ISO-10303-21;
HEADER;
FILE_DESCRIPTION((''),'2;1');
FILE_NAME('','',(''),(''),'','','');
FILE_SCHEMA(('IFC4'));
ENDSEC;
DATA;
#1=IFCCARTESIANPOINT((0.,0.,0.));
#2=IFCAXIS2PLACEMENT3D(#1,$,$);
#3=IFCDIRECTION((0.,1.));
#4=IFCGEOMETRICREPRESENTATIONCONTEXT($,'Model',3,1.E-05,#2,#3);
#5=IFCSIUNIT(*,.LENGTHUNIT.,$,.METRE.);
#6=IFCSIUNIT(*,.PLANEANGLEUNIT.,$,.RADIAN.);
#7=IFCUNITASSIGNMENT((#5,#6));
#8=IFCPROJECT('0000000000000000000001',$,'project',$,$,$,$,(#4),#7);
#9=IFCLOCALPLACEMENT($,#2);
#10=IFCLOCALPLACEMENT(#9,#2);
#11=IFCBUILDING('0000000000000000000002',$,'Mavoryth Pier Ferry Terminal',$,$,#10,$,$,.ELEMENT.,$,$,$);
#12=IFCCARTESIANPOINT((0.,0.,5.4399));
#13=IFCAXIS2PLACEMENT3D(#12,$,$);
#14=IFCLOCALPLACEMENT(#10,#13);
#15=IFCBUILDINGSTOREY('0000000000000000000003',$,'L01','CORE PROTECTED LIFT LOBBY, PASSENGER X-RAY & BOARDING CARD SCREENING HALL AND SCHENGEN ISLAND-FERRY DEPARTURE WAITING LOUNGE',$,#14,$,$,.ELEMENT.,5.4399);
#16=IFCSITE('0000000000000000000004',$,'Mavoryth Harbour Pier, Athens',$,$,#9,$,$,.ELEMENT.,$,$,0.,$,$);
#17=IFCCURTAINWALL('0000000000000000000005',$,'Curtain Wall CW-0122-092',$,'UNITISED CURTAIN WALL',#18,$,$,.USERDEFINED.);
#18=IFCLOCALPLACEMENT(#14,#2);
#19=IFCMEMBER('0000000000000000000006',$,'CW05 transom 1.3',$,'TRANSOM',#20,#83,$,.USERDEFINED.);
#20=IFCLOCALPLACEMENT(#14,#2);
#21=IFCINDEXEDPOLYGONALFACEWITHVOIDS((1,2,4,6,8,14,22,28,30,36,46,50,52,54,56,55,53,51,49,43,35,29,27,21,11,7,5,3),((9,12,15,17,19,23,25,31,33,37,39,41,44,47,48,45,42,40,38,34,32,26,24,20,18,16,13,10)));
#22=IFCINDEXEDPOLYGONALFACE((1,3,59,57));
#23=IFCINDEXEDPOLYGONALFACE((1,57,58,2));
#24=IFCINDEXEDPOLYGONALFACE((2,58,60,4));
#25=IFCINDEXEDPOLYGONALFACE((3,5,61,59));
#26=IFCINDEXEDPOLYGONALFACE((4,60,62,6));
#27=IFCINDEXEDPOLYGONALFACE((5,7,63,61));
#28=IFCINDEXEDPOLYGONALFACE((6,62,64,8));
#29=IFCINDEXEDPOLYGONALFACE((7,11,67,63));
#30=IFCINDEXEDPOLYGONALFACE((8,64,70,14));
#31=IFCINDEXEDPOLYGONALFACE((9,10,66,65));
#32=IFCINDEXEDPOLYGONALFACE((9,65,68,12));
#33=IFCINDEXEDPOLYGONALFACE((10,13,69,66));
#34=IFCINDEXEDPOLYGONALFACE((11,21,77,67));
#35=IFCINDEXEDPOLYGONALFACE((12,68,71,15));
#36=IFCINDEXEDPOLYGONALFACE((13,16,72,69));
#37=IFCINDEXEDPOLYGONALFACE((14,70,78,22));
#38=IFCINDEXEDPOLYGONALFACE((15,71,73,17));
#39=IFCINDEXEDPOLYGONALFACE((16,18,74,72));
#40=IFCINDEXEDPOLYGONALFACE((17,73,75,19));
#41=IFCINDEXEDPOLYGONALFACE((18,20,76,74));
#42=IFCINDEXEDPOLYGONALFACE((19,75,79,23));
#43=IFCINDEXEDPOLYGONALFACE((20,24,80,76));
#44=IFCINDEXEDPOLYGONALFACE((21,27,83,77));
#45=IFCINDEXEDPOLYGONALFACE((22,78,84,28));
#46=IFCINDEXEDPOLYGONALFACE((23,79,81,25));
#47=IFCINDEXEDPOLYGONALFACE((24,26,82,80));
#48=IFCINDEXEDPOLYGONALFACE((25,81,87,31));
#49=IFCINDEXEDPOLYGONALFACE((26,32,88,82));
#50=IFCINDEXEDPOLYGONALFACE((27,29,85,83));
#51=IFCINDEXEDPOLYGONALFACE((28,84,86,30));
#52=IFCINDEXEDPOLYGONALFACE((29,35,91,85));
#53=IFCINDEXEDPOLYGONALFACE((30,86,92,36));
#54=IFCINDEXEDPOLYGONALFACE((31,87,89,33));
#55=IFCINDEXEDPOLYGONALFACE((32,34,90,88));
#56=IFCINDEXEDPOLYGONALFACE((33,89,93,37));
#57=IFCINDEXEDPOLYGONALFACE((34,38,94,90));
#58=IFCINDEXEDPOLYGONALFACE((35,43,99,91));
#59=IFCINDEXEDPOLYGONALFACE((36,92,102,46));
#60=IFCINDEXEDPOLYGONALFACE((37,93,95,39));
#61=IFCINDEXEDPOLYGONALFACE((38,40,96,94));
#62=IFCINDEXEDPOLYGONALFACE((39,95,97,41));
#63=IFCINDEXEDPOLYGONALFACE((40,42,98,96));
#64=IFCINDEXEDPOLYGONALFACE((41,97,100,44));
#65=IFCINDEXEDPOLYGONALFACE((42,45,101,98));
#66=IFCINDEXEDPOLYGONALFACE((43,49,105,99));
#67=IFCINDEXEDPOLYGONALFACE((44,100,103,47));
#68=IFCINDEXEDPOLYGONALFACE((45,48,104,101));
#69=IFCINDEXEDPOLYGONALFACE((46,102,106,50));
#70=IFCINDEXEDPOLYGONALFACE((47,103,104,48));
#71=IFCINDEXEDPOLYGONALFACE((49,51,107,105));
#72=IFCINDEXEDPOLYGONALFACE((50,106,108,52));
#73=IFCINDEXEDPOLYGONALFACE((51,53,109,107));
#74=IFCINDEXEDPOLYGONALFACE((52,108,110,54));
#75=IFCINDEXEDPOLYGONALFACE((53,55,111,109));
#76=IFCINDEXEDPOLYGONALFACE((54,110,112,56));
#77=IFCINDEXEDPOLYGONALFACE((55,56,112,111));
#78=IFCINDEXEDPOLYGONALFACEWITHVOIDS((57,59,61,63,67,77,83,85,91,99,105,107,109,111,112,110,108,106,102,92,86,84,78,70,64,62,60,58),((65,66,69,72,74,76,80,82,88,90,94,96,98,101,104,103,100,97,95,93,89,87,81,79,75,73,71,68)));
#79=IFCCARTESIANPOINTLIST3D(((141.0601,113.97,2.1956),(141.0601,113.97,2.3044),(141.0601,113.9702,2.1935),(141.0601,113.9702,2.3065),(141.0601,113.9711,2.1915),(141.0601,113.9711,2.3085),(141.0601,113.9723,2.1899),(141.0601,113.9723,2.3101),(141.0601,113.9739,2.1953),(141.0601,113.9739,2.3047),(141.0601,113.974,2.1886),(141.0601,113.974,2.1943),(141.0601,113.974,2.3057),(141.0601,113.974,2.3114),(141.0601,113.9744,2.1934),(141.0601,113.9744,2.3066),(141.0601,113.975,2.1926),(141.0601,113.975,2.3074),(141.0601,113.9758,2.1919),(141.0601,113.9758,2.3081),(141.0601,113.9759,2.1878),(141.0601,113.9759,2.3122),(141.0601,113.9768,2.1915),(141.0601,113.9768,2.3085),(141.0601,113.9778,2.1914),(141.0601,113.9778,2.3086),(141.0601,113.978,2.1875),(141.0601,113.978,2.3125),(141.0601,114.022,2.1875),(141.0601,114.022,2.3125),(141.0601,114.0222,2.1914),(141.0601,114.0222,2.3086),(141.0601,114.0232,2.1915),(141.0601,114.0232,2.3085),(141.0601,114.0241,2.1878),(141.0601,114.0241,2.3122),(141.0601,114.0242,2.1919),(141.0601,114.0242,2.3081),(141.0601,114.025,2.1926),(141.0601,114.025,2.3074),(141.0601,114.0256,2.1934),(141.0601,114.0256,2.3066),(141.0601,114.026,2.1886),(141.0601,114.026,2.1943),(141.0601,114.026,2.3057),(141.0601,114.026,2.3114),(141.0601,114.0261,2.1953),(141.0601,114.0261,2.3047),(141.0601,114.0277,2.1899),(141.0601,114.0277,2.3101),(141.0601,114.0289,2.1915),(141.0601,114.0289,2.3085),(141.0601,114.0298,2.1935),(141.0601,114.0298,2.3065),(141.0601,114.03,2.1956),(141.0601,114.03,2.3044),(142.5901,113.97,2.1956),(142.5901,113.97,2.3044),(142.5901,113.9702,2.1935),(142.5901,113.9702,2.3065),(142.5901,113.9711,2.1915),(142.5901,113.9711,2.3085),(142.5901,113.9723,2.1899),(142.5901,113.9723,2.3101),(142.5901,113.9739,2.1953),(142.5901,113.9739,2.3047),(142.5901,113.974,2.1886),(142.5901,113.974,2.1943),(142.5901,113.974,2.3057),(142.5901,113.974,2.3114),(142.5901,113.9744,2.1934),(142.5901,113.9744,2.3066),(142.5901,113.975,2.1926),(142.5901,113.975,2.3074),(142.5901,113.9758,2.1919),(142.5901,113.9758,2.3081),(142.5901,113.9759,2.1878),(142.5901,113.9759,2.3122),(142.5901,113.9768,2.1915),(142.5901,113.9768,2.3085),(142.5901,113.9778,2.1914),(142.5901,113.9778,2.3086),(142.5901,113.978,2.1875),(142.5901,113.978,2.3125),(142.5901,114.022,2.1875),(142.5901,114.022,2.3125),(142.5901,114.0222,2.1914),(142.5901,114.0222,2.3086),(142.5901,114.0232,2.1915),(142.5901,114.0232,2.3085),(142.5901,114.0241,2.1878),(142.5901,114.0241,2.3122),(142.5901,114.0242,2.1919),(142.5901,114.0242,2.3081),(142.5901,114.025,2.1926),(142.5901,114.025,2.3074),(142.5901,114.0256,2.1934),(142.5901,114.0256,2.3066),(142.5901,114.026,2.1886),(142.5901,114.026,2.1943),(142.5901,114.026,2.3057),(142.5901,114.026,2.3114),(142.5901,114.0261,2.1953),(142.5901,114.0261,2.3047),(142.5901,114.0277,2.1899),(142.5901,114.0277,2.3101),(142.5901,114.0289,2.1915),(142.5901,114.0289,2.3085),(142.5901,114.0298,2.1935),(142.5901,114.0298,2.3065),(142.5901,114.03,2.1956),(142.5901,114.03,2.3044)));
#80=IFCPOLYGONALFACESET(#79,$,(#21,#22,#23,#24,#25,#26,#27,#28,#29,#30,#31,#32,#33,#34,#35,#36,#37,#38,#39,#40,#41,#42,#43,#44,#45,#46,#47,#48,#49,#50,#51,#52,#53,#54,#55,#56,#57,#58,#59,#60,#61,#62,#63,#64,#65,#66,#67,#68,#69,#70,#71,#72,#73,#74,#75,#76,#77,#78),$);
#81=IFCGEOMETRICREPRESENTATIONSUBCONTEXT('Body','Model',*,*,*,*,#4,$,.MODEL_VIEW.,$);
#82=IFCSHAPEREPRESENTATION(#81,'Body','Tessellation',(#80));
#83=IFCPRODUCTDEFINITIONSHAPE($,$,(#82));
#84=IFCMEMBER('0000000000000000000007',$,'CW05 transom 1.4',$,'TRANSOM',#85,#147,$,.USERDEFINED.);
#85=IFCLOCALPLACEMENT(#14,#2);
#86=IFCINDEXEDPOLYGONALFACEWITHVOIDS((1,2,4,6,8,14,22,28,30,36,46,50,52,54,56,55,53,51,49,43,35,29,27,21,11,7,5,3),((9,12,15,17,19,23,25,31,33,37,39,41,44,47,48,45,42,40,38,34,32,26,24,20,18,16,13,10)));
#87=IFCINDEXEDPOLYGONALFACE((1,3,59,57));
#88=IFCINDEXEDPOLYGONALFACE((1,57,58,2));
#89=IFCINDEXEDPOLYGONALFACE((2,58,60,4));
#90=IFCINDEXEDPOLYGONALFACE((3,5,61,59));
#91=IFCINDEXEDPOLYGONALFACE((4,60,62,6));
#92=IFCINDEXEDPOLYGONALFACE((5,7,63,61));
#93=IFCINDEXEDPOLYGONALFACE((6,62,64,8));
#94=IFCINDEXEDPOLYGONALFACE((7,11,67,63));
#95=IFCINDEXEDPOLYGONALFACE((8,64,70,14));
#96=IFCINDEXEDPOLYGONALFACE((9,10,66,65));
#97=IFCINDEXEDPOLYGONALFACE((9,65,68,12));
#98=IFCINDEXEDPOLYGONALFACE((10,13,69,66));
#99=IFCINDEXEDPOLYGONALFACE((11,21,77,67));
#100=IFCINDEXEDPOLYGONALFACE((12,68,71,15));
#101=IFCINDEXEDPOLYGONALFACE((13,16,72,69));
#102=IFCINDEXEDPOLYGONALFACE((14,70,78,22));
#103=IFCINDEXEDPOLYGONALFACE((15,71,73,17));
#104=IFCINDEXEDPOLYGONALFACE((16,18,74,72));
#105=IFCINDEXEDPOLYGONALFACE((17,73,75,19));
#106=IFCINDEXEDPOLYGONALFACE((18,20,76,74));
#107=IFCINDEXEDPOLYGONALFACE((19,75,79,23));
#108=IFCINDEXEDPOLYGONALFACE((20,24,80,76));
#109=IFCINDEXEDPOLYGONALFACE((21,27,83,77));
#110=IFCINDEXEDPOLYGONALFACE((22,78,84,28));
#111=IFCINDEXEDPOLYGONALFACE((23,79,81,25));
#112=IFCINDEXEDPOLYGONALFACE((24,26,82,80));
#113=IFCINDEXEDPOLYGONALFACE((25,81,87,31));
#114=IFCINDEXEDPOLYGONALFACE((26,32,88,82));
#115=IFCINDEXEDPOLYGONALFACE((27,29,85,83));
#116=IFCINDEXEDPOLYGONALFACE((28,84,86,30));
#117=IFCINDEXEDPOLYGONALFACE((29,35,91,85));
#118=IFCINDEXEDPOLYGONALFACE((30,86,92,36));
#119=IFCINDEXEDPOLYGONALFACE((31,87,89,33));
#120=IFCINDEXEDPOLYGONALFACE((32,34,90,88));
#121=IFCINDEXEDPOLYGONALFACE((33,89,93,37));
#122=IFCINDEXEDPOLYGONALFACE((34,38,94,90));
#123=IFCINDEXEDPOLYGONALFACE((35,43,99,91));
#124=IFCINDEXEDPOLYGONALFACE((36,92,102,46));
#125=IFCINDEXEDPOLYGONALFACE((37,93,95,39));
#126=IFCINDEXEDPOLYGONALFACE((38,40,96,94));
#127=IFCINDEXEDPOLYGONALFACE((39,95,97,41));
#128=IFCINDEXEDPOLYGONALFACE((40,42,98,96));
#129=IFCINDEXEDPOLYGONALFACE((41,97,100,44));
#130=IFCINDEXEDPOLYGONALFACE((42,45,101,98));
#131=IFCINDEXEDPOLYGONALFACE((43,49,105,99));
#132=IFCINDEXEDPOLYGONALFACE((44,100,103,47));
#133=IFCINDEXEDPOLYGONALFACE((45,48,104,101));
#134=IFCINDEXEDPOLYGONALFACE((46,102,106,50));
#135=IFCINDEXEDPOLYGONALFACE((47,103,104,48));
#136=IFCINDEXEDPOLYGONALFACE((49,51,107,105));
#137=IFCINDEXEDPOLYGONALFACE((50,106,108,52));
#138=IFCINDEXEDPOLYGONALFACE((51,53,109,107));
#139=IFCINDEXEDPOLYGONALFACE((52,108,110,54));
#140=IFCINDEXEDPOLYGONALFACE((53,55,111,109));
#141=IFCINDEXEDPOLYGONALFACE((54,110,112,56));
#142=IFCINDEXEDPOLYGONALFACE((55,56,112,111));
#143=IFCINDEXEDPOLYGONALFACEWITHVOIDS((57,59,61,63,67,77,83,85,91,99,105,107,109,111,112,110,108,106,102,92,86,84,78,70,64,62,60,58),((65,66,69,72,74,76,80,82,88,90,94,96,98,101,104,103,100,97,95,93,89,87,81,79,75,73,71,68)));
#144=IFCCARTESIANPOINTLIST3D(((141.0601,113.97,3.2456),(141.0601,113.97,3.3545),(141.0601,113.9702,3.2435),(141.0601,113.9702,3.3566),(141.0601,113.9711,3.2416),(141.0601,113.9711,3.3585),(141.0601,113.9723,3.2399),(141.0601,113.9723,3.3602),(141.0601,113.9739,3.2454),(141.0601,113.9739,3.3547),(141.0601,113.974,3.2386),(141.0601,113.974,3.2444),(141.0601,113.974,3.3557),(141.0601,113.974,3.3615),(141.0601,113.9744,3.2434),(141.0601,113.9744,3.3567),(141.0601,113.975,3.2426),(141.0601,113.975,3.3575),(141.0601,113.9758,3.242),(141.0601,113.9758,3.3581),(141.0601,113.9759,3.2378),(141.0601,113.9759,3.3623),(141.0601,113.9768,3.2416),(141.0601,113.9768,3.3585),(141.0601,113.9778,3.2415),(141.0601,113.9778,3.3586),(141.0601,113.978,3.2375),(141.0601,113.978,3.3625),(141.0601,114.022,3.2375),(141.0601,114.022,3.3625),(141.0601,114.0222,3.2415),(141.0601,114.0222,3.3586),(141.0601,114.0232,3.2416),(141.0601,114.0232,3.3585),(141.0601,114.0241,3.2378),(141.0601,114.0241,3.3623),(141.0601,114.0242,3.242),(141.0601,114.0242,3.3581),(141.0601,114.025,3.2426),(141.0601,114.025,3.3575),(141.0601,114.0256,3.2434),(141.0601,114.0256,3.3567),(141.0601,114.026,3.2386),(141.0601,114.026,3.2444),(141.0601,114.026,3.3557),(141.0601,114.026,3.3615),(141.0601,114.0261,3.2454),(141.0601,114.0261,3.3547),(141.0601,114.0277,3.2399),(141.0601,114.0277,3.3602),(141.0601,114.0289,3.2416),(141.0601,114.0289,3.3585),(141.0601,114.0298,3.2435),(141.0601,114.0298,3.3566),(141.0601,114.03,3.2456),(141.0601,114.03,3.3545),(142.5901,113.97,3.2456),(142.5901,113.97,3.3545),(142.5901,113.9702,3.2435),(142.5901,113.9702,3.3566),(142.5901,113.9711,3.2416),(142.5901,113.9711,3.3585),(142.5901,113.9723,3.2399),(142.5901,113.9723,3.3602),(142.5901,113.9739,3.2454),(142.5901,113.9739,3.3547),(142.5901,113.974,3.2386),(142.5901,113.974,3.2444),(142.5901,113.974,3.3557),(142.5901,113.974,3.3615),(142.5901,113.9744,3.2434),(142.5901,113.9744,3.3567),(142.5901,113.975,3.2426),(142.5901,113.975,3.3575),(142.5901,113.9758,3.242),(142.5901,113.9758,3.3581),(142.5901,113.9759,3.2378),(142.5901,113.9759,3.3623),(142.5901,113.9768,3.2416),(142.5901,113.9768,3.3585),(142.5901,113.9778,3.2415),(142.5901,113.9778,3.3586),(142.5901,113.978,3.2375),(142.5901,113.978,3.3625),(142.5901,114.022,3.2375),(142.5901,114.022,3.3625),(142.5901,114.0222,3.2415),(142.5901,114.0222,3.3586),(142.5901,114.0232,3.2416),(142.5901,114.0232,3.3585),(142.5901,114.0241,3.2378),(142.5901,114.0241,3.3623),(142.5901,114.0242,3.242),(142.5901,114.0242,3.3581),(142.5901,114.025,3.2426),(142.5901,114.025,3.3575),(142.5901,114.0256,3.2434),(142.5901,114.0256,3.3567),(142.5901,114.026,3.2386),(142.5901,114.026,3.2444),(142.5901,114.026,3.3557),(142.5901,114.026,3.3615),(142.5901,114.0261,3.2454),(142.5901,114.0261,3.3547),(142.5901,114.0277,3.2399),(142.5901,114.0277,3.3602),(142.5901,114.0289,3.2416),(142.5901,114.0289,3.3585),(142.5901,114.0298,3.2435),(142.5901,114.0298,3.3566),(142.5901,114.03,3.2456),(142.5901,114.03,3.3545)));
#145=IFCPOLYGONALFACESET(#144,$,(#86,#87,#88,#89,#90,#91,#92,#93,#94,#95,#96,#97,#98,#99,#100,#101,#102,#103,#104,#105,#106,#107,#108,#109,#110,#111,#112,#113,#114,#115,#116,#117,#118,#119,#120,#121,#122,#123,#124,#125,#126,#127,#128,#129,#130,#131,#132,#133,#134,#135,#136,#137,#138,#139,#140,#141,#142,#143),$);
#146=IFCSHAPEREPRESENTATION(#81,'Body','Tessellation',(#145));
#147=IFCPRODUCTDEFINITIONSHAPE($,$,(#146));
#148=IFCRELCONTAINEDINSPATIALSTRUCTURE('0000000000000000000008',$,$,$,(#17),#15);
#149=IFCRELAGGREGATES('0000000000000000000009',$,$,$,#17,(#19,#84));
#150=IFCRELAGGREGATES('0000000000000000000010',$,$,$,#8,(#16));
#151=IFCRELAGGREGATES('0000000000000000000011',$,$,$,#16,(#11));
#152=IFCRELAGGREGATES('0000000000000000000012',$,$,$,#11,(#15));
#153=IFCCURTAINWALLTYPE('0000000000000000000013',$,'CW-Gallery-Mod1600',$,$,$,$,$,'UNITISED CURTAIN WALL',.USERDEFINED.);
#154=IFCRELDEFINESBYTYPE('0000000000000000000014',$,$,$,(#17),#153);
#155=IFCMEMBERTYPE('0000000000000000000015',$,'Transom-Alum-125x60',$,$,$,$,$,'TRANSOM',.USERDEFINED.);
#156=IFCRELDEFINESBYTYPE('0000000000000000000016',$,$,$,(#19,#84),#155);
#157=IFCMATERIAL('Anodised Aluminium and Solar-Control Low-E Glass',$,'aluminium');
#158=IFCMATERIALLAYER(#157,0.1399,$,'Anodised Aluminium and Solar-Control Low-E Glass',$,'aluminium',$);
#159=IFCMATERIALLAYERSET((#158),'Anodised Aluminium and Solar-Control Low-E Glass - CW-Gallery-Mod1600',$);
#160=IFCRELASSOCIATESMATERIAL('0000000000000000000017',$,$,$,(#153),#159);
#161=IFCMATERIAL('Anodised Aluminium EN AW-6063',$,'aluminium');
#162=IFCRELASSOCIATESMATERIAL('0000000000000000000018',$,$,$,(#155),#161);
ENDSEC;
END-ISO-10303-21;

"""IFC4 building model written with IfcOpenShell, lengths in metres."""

from ifc_helpers import new_model, si_unit, direction, frame, origin, origin_2d, place, context, subcontext, project, spatial, hollow_rectangle, extrude, material, layer, layer_set, material_profile, profile_set, type_object, element, aggregate, save


model = new_model("IFC4")

# Units and contexts
model_context = context("Model", 3, precision=1e-05, world=origin(), true_north=direction((0.0, 1.0)))
body_context = subcontext(model_context, "Body", "Model", "MODEL_VIEW")
ifc_project = project(units=[si_unit("LENGTHUNIT", "METRE"), si_unit("PLANEANGLEUNIT", "RADIAN")], contexts=[model_context])

# Site, building, storey
site_placement = place(None, origin())
site = spatial("IfcSite", under=ifc_project, at=site_placement, Name="Mavoryth Harbour Pier, Athens", CompositionType="ELEMENT", RefElevation=0.0)
building_placement = place(site_placement, origin())
building = spatial("IfcBuilding", under=site, at=building_placement, Name="Mavoryth Pier Ferry Terminal", CompositionType="ELEMENT")
storey_placement = place(building_placement, frame((0.0, 0.0, 5.4399)))
storey = spatial("IfcBuildingStorey", under=building, at=storey_placement, Name="L01", Description="CORE PROTECTED LIFT LOBBY, PASSENGER X-RAY & BOARDING CARD SCREENING HALL AND SCHENGEN ISLAND-FERRY DEPARTURE WAITING LOUNGE", CompositionType="ELEMENT", Elevation=5.4399)

# Curtain wall, members
ifc_material_1 = material(Name="Anodised Aluminium and Solar-Control Low-E Glass", Category="aluminium")
ifc_layer_1 = layer(ifc_material_1, 0.1399, Name="Anodised Aluminium and Solar-Control Low-E Glass", Category="aluminium")
ifc_layer_set_1 = layer_set([ifc_layer_1], Name="Anodised Aluminium and Solar-Control Low-E Glass - CW-Gallery-Mod1600")
curtain_wall_type = type_object("IfcCurtainWallType", Name="CW-Gallery-Mod1600", ElementType="UNITISED CURTAIN WALL", PredefinedType="USERDEFINED", material=ifc_layer_set_1)
curtain_wall_placement = place(storey_placement, origin())
curtain_wall = element("IfcCurtainWall", 1, at=curtain_wall_placement, inside=storey, type_object=curtain_wall_type, Name="Curtain Wall CW-0122-092", ObjectType="UNITISED CURTAIN WALL", PredefinedType="USERDEFINED")
ifc_material_2 = material(Name="Anodised Aluminium EN AW-6063", Category="aluminium")
ifc_material_profile_1 = material_profile(ifc_material_2, hollow_rectangle(XDim=0.0601, YDim=0.125, WallThickness=0.0039, InnerFilletRadius=0.0039, OuterFilletRadius=0.0081, at=origin_2d()), Name="AL-TRAN 125x60x4", Category="aluminium")
ifc_profile_set_1 = profile_set([ifc_material_profile_1], Name="Anodised Aluminium EN AW-6063 - AL-TRAN 125x60x4")
member_type_1 = type_object("IfcMemberType", Name="Transom-Alum-125x60", ElementType="TRANSOM", PredefinedType="USERDEFINED", material=ifc_profile_set_1)
member_1_placement = place(storey_placement, frame((142.5901, 114.0, 2.25), z_axis=(-1.0, 0.0, 0.0), x_axis=(0.0, -1.0, 0.0)))
member_1 = element("IfcMember", 2, at=member_1_placement, type_object=member_type_1, Name="CW05 transom 1.3", ObjectType="TRANSOM", PredefinedType="USERDEFINED", context=body_context, shape_type="SweptSolid", body=[
    extrude(hollow_rectangle(XDim=0.0601, YDim=0.125, WallThickness=0.0039, InnerFilletRadius=0.0039, OuterFilletRadius=0.0081, at=origin_2d()), origin(), (0.0, 0.0, 1.0), 1.53),
])
member_2_placement = place(storey_placement, frame((142.5901, 114.0, 3.3), z_axis=(-1.0, 0.0, 0.0), x_axis=(0.0, -1.0, 0.0)))
member_2 = element("IfcMember", 3, at=member_2_placement, type_object=member_type_1, Name="CW05 transom 1.4", ObjectType="TRANSOM", PredefinedType="USERDEFINED", context=body_context, shape_type="SweptSolid", body=[
    extrude(hollow_rectangle(XDim=0.0601, YDim=0.125, WallThickness=0.0039, InnerFilletRadius=0.0039, OuterFilletRadius=0.0081, at=origin_2d()), origin(), (0.0, 0.0, 1.0), 1.53),
])
aggregate(curtain_wall, [member_1, member_2])

save(model, "model.ifc")
